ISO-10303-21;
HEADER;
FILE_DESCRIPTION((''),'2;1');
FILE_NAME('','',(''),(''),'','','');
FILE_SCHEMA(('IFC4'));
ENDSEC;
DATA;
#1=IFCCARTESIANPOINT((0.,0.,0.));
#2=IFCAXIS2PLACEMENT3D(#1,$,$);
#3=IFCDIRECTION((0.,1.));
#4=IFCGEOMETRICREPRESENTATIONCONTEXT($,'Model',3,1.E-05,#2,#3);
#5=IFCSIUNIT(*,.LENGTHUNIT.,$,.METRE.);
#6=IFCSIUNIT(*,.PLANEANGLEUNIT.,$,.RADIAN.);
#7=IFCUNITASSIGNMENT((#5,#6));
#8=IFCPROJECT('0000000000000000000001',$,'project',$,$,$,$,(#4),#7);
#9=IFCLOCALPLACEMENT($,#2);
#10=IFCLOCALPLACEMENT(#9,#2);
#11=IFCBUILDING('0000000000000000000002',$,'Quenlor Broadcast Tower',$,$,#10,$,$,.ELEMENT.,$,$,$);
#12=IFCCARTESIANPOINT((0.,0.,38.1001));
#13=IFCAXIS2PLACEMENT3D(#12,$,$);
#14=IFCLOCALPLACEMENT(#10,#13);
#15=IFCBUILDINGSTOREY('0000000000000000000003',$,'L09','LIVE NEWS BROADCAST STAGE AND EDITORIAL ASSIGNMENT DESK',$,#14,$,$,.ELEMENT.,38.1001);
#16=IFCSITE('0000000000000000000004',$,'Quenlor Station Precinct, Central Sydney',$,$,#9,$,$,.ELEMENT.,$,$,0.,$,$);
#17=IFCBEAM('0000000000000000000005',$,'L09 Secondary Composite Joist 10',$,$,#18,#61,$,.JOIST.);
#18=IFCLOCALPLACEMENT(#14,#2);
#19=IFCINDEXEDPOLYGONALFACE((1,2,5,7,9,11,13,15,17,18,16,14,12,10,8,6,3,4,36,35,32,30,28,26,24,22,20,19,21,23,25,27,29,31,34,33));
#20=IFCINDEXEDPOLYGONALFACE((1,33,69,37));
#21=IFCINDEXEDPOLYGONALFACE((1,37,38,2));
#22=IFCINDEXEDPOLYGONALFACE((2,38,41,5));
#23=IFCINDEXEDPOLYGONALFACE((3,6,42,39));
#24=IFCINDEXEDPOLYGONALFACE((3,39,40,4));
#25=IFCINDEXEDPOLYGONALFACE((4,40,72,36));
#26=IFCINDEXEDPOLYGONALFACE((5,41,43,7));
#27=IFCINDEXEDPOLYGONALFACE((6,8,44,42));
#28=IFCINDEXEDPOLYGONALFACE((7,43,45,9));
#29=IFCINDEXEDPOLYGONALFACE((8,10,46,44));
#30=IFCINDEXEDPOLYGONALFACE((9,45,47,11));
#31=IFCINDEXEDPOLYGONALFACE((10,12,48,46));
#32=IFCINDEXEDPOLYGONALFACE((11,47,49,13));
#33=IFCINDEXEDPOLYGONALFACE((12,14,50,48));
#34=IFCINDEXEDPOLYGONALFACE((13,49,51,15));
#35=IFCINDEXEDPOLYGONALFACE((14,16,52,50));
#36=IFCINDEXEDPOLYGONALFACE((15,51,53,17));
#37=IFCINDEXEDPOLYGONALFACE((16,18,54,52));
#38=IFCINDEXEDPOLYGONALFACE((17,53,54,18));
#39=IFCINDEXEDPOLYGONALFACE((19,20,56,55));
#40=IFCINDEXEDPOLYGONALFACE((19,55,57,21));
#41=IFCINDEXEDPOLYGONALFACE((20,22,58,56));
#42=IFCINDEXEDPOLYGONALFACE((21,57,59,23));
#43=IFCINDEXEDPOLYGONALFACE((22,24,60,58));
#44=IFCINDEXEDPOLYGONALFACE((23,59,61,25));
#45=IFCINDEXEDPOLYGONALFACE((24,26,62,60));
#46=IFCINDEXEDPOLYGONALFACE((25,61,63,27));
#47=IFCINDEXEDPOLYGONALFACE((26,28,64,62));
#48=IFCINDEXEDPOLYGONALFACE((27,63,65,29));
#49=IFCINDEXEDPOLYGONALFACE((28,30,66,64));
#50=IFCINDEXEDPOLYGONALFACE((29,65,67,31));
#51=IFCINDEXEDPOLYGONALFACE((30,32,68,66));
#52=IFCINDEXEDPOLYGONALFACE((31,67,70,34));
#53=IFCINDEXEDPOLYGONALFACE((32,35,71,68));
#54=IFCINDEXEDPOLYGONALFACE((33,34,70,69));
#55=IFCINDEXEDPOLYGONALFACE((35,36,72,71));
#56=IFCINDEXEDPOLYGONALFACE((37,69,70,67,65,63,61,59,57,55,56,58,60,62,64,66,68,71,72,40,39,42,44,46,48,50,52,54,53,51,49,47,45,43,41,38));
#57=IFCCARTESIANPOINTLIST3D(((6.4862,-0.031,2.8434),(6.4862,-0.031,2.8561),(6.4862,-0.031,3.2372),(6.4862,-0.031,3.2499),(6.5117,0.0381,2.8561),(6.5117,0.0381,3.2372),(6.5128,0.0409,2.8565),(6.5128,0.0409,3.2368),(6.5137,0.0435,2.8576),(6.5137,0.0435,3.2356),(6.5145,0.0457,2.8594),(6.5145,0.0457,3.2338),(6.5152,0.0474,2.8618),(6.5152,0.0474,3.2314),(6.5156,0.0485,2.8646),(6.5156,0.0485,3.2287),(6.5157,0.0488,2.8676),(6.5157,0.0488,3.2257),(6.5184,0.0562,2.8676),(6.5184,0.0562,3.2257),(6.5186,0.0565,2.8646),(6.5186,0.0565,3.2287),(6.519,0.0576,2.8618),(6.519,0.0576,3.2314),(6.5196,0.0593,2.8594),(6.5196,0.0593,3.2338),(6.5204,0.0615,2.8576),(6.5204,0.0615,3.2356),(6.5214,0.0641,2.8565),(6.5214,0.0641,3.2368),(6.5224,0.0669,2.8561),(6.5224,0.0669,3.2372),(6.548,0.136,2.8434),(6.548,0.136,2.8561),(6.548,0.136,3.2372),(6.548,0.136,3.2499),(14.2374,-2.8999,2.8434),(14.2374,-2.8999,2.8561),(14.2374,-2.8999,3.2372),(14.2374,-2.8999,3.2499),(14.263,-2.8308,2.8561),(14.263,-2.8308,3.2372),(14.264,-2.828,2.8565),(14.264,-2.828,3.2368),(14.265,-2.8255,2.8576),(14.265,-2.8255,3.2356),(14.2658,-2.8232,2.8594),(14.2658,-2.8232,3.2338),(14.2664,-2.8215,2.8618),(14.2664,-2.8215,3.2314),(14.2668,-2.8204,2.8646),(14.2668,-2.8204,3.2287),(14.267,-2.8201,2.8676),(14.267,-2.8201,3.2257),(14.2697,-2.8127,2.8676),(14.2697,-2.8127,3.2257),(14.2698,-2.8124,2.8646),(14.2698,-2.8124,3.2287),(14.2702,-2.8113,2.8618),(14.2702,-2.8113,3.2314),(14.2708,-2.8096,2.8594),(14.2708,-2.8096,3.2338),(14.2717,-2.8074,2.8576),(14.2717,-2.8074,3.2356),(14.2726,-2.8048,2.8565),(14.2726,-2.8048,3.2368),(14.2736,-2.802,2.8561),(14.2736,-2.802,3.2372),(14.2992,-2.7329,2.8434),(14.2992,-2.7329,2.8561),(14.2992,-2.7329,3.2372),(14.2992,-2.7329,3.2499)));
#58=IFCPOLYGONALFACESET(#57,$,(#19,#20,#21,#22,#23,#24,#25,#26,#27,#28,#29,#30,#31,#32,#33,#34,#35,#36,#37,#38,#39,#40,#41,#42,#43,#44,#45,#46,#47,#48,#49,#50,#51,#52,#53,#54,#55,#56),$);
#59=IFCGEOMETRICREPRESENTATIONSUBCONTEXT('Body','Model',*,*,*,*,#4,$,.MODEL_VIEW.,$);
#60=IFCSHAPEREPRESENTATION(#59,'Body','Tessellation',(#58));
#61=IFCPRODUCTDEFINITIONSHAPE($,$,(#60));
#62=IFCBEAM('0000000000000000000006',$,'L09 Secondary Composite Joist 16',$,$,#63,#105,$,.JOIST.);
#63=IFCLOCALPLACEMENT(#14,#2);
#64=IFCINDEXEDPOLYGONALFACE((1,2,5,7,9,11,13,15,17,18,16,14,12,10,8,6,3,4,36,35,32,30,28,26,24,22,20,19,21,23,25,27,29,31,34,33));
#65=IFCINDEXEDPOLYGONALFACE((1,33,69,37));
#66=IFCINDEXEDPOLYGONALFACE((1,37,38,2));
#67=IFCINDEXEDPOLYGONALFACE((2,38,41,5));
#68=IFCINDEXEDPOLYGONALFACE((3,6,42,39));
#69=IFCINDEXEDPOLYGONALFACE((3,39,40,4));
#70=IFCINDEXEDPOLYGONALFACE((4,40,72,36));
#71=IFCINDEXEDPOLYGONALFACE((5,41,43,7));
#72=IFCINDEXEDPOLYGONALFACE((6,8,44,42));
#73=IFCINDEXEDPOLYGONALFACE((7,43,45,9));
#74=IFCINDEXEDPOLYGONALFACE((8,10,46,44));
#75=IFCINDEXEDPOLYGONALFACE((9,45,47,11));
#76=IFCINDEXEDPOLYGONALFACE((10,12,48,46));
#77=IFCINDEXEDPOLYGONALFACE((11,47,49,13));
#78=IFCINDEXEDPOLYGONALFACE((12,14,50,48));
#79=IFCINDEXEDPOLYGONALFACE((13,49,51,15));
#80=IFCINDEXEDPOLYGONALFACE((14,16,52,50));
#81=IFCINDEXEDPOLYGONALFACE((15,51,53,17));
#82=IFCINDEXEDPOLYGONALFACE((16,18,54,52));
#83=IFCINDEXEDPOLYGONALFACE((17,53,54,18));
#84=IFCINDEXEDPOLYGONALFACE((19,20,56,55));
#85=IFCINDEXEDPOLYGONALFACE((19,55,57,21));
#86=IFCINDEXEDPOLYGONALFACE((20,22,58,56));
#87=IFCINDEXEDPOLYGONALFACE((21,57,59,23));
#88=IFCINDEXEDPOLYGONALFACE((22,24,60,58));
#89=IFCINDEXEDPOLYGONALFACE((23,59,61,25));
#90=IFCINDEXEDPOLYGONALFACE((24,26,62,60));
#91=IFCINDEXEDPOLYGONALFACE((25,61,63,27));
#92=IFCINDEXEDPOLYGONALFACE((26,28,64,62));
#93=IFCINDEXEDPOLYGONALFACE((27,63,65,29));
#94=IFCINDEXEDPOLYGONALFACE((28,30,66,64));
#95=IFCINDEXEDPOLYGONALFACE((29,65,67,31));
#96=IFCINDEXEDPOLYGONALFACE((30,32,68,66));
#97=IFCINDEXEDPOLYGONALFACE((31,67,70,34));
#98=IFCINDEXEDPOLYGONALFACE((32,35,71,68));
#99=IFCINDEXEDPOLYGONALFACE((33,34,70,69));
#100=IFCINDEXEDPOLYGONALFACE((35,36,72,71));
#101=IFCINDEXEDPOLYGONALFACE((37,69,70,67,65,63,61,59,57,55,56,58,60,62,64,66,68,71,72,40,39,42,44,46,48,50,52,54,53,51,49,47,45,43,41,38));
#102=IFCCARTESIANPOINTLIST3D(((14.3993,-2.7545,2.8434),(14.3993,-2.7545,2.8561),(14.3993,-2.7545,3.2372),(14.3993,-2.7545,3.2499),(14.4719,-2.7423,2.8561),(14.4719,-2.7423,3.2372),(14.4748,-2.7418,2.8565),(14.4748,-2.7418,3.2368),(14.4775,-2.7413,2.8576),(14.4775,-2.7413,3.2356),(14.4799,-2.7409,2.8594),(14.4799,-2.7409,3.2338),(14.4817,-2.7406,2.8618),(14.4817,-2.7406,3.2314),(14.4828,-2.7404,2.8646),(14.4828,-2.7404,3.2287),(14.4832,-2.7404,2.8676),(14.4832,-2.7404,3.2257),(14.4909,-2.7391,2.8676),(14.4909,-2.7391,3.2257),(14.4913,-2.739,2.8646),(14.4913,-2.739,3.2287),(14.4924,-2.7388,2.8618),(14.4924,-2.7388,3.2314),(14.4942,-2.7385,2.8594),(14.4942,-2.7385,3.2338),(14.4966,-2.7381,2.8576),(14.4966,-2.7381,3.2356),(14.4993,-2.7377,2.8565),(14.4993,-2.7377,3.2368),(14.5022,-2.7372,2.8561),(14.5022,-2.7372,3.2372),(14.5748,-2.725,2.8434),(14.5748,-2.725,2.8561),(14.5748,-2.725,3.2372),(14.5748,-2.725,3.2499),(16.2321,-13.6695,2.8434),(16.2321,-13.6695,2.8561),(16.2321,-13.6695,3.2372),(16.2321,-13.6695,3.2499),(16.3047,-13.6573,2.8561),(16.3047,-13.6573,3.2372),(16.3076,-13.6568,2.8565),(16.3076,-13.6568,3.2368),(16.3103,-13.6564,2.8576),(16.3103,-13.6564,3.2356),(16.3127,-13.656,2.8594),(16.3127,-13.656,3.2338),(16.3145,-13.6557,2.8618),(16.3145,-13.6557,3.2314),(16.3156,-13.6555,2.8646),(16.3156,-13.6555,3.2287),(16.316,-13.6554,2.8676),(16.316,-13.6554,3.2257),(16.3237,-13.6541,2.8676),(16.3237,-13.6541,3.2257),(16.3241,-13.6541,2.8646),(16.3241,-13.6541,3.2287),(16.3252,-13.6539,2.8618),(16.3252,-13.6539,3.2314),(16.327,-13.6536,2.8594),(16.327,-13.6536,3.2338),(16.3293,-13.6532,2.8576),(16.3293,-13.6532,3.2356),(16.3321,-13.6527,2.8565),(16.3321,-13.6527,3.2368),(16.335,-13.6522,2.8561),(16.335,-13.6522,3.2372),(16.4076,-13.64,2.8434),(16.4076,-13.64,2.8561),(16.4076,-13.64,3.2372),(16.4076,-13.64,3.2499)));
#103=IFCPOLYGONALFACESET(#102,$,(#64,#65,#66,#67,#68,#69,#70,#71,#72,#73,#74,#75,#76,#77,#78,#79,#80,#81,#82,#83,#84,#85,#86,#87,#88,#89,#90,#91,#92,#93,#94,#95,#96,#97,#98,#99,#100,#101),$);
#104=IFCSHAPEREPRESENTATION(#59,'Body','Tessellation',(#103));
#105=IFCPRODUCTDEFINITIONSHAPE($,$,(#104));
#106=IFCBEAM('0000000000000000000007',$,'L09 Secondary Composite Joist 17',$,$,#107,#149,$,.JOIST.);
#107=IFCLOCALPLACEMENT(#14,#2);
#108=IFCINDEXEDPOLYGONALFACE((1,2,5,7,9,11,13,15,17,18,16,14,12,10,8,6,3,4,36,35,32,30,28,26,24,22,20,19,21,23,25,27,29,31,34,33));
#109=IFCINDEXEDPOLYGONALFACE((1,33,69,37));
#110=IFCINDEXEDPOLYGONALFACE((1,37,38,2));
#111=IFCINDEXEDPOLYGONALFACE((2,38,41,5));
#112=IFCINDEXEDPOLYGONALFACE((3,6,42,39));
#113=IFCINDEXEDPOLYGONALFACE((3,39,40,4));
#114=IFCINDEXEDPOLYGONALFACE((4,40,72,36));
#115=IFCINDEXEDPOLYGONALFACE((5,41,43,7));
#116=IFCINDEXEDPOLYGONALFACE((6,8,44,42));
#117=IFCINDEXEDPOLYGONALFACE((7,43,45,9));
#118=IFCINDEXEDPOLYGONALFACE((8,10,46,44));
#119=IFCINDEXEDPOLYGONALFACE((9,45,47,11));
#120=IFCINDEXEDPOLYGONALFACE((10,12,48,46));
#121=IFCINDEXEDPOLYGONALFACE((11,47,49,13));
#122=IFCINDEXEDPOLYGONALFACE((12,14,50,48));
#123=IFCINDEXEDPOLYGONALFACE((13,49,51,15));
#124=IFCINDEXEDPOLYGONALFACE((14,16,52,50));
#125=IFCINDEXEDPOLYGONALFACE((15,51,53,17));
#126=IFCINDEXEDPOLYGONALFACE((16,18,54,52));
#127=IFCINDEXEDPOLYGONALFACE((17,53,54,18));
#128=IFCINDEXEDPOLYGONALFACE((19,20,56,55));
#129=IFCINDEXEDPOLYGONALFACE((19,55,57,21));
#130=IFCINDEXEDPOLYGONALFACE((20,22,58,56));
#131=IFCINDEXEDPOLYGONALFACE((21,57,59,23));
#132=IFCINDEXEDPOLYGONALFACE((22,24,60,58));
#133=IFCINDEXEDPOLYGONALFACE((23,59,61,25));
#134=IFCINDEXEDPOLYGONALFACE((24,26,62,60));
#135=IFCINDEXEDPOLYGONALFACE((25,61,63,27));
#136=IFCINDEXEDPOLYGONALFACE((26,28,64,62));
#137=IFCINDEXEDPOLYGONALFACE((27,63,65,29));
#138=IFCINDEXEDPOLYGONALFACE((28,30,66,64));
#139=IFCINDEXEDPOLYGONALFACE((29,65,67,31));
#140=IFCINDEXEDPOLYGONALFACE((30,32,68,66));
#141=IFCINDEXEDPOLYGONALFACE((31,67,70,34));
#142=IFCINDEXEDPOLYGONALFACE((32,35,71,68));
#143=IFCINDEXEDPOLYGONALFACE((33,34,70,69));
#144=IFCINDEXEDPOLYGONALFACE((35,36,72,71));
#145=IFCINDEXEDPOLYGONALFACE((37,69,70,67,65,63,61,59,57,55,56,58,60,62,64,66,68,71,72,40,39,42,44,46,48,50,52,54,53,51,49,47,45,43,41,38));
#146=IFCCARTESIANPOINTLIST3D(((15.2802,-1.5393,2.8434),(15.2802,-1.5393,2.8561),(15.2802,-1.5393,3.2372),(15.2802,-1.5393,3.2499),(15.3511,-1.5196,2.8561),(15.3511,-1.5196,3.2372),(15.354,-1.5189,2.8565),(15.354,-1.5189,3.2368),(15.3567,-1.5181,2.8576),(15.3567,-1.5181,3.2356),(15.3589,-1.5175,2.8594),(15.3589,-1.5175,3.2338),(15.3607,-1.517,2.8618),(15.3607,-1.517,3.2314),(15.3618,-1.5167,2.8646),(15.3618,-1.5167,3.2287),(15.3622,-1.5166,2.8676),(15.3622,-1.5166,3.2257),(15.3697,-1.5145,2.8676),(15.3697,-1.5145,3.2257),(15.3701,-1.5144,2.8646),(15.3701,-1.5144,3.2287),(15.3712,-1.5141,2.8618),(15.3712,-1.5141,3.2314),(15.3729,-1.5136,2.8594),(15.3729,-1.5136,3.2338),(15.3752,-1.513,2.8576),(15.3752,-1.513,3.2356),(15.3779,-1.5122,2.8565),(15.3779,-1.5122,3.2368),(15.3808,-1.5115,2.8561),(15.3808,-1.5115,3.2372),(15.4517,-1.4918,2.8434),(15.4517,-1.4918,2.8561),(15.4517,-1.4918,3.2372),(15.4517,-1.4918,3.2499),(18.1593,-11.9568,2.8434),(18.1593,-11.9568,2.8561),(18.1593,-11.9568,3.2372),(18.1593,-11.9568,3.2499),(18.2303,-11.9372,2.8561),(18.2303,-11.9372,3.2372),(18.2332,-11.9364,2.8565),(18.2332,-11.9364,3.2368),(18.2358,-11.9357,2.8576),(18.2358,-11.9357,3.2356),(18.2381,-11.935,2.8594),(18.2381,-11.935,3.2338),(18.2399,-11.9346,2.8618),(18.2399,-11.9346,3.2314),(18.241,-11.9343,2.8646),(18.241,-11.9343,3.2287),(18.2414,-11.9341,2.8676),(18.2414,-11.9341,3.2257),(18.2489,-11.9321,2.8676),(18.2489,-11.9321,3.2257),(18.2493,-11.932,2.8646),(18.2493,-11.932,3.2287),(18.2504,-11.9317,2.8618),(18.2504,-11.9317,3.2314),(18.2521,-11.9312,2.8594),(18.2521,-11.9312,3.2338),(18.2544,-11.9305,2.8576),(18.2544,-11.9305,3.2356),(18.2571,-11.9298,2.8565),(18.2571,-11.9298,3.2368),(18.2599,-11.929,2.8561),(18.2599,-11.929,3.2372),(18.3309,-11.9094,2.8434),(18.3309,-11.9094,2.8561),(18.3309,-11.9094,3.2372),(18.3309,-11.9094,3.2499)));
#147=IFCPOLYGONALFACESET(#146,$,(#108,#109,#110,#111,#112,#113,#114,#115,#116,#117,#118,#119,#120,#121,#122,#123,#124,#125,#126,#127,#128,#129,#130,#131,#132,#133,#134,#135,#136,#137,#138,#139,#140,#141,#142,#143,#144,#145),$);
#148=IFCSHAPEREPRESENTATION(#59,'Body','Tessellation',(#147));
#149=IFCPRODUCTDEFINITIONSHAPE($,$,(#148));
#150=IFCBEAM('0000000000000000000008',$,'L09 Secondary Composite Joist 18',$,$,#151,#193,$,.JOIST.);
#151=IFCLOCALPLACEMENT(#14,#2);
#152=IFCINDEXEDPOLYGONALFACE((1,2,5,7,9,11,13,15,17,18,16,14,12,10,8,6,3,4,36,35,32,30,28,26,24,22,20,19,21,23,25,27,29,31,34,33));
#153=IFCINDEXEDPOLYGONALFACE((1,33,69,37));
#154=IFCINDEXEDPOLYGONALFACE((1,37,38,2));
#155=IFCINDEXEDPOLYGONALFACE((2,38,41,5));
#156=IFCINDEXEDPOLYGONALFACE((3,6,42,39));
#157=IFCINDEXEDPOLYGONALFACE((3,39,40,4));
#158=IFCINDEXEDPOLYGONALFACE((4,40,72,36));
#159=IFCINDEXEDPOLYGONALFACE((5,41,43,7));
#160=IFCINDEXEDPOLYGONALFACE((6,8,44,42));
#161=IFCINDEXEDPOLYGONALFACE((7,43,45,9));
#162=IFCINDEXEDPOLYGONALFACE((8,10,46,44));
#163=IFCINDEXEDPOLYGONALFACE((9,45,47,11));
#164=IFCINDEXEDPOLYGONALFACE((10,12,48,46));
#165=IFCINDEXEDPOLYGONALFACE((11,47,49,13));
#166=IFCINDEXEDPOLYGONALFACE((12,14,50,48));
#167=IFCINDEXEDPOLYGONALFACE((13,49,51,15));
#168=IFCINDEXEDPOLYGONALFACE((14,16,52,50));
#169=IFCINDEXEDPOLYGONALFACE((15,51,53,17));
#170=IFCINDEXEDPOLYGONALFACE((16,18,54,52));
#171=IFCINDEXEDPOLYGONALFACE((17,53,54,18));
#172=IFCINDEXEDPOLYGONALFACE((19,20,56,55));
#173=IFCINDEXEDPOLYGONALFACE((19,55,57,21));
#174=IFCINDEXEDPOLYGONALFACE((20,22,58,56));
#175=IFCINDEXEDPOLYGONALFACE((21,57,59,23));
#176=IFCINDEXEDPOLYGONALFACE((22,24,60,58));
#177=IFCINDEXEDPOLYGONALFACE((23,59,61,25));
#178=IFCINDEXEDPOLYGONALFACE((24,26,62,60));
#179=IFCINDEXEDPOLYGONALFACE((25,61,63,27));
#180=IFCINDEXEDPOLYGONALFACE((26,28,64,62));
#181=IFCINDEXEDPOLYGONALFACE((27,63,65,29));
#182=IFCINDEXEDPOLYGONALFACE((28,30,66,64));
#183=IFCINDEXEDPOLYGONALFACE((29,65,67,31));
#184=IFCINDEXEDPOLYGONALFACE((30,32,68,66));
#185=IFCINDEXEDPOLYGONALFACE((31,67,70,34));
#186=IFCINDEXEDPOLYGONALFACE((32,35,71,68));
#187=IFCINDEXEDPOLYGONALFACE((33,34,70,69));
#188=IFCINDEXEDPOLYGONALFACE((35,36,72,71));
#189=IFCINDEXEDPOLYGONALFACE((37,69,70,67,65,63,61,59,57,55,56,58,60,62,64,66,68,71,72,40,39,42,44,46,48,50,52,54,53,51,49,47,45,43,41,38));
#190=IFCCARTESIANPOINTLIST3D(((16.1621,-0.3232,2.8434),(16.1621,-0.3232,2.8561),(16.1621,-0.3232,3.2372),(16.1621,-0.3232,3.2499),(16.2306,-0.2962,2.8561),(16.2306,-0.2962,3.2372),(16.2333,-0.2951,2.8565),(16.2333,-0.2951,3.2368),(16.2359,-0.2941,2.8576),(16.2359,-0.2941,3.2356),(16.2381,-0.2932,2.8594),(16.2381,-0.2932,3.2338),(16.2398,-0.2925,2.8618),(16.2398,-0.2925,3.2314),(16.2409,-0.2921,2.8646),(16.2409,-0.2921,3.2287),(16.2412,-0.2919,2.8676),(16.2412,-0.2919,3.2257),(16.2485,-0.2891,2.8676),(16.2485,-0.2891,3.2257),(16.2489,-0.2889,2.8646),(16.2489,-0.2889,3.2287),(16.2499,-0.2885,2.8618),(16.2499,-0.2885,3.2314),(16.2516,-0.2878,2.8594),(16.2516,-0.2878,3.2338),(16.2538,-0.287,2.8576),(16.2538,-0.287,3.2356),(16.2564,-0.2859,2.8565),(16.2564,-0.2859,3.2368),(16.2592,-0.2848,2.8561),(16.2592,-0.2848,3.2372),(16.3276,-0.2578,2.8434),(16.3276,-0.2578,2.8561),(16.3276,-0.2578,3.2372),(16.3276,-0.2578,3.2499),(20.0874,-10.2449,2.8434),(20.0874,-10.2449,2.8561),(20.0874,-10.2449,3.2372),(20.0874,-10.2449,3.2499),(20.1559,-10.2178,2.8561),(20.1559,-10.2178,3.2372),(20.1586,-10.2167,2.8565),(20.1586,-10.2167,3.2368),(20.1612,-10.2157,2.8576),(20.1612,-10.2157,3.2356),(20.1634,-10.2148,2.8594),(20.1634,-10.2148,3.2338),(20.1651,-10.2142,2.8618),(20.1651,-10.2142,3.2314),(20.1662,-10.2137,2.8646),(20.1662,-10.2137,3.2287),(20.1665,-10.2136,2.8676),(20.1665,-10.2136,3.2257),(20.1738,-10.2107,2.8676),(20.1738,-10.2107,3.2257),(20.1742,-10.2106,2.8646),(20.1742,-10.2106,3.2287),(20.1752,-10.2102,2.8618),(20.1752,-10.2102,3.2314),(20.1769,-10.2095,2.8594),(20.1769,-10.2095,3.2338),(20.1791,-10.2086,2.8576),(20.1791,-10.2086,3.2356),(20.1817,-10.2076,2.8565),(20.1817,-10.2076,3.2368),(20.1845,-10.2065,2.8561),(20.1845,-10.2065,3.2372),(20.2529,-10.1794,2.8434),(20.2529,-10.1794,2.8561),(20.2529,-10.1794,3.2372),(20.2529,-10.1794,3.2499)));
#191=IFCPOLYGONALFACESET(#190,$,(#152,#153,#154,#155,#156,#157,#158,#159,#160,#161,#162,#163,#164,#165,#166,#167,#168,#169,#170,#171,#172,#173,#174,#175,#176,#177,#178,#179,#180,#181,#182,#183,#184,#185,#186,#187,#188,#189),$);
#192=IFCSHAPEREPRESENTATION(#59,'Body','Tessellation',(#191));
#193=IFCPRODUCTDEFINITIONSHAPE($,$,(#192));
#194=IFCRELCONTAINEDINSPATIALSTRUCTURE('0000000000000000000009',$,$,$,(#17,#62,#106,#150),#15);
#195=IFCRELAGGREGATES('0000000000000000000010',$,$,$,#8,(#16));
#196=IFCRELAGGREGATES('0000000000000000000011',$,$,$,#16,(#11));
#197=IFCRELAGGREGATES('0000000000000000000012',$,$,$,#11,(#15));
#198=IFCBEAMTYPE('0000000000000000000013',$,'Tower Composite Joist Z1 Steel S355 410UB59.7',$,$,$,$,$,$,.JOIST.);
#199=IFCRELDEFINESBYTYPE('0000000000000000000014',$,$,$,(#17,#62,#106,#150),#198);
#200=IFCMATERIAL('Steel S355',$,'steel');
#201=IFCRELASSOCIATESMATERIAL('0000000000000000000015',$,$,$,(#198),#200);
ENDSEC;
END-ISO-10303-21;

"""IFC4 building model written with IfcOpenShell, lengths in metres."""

from ifc_helpers import new_model, si_unit, direction, frame, origin, origin_2d, place, context, subcontext, project, spatial, i_section, extrude, material, material_profile, profile_set, type_object, element, save


model = new_model("IFC4")

# Units and contexts
model_context = context("Model", 3, precision=1e-05, world=origin(), true_north=direction((0.0, 1.0)))
body_context = subcontext(model_context, "Body", "Model", "MODEL_VIEW")
ifc_project = project(units=[si_unit("LENGTHUNIT", "METRE"), si_unit("PLANEANGLEUNIT", "RADIAN")], contexts=[model_context])

# Site, building, storey
site_placement = place(None, origin())
site = spatial("IfcSite", under=ifc_project, at=site_placement, Name="Quenlor Station Precinct, Central Sydney", CompositionType="ELEMENT", RefElevation=0.0)
building_placement = place(site_placement, origin())
building = spatial("IfcBuilding", under=site, at=building_placement, Name="Quenlor Broadcast Tower", CompositionType="ELEMENT")
storey_placement = place(building_placement, frame((0.0, 0.0, 38.1001)))
storey = spatial("IfcBuildingStorey", under=building, at=storey_placement, Name="L09", Description="LIVE NEWS BROADCAST STAGE AND EDITORIAL ASSIGNMENT DESK", CompositionType="ELEMENT", Elevation=38.1001)

# Beams
ifc_material_1 = material(Name="Steel S355", Category="steel")
ifc_material_profile_1 = material_profile(ifc_material_1, i_section(OverallWidth=0.178, OverallDepth=0.4065, WebThickness=0.0078, FlangeThickness=0.0127, FilletRadius=0.0115, at=origin_2d()))
ifc_profile_set_1 = profile_set([ifc_material_profile_1], Name="Steel S355 410UB59.7")
beam_type_1 = type_object("IfcBeamType", Name="Tower Composite Joist Z1 Steel S355 410UB59.7", PredefinedType="JOIST", material=ifc_profile_set_1)
beam_1_placement = place(storey_placement, frame((14.2683, -2.8164, 3.0466), z_axis=(-0.937825, 0.347109, 0.0), x_axis=(-0.347109, -0.937825, 0.0)))
element("IfcBeam", 1, at=beam_1_placement, inside=storey, type_object=beam_type_1, Name="L09 Secondary Composite Joist 10", PredefinedType="JOIST", context=body_context, shape_type="SweptSolid", body=[
    extrude(i_section(OverallWidth=0.178, OverallDepth=0.4065, WebThickness=0.0078, FlangeThickness=0.0127, FilletRadius=0.0115, at=origin_2d()), origin(), (0.0, 0.0, 1.0), 8.2651),
])
beam_2_placement = place(storey_placement, frame((16.3198, -13.6548, 3.0466), z_axis=(-0.165594, 0.986194, 0.0), x_axis=(-0.986194, -0.165594, 0.0)))
element("IfcBeam", 2, at=beam_2_placement, inside=storey, type_object=beam_type_1, Name="L09 Secondary Composite Joist 16", PredefinedType="JOIST", context=body_context, shape_type="SweptSolid", body=[
    extrude(i_section(OverallWidth=0.178, OverallDepth=0.4065, WebThickness=0.0078, FlangeThickness=0.0127, FilletRadius=0.0115, at=origin_2d()), origin(), (0.0, 0.0, 1.0), 11.0679),
])
beam_3_placement = place(storey_placement, frame((18.2451, -11.9331, 3.0466), z_axis=(-0.26639, 0.963865, 0.0), x_axis=(-0.963865, -0.26639, 0.0)))
element("IfcBeam", 3, at=beam_3_placement, inside=storey, type_object=beam_type_1, Name="L09 Secondary Composite Joist 17", PredefinedType="JOIST", context=body_context, shape_type="SweptSolid", body=[
    extrude(i_section(OverallWidth=0.178, OverallDepth=0.4065, WebThickness=0.0078, FlangeThickness=0.0127, FilletRadius=0.0115, at=origin_2d()), origin(), (0.0, 0.0, 1.0), 10.8081),
])
beam_4_placement = place(storey_placement, frame((20.1702, -10.2122, 3.0466), z_axis=(-0.367885, 0.929871, 0.0), x_axis=(-0.929871, -0.367885, 0.0)))
element("IfcBeam", 4, at=beam_4_placement, inside=storey, type_object=beam_type_1, Name="L09 Secondary Composite Joist 18", PredefinedType="JOIST", context=body_context, shape_type="SweptSolid", body=[
    extrude(i_section(OverallWidth=0.178, OverallDepth=0.4065, WebThickness=0.0078, FlangeThickness=0.0127, FilletRadius=0.0115, at=origin_2d()), origin(), (0.0, 0.0, 1.0), 10.6699),
])

save(model, "model.ifc")
